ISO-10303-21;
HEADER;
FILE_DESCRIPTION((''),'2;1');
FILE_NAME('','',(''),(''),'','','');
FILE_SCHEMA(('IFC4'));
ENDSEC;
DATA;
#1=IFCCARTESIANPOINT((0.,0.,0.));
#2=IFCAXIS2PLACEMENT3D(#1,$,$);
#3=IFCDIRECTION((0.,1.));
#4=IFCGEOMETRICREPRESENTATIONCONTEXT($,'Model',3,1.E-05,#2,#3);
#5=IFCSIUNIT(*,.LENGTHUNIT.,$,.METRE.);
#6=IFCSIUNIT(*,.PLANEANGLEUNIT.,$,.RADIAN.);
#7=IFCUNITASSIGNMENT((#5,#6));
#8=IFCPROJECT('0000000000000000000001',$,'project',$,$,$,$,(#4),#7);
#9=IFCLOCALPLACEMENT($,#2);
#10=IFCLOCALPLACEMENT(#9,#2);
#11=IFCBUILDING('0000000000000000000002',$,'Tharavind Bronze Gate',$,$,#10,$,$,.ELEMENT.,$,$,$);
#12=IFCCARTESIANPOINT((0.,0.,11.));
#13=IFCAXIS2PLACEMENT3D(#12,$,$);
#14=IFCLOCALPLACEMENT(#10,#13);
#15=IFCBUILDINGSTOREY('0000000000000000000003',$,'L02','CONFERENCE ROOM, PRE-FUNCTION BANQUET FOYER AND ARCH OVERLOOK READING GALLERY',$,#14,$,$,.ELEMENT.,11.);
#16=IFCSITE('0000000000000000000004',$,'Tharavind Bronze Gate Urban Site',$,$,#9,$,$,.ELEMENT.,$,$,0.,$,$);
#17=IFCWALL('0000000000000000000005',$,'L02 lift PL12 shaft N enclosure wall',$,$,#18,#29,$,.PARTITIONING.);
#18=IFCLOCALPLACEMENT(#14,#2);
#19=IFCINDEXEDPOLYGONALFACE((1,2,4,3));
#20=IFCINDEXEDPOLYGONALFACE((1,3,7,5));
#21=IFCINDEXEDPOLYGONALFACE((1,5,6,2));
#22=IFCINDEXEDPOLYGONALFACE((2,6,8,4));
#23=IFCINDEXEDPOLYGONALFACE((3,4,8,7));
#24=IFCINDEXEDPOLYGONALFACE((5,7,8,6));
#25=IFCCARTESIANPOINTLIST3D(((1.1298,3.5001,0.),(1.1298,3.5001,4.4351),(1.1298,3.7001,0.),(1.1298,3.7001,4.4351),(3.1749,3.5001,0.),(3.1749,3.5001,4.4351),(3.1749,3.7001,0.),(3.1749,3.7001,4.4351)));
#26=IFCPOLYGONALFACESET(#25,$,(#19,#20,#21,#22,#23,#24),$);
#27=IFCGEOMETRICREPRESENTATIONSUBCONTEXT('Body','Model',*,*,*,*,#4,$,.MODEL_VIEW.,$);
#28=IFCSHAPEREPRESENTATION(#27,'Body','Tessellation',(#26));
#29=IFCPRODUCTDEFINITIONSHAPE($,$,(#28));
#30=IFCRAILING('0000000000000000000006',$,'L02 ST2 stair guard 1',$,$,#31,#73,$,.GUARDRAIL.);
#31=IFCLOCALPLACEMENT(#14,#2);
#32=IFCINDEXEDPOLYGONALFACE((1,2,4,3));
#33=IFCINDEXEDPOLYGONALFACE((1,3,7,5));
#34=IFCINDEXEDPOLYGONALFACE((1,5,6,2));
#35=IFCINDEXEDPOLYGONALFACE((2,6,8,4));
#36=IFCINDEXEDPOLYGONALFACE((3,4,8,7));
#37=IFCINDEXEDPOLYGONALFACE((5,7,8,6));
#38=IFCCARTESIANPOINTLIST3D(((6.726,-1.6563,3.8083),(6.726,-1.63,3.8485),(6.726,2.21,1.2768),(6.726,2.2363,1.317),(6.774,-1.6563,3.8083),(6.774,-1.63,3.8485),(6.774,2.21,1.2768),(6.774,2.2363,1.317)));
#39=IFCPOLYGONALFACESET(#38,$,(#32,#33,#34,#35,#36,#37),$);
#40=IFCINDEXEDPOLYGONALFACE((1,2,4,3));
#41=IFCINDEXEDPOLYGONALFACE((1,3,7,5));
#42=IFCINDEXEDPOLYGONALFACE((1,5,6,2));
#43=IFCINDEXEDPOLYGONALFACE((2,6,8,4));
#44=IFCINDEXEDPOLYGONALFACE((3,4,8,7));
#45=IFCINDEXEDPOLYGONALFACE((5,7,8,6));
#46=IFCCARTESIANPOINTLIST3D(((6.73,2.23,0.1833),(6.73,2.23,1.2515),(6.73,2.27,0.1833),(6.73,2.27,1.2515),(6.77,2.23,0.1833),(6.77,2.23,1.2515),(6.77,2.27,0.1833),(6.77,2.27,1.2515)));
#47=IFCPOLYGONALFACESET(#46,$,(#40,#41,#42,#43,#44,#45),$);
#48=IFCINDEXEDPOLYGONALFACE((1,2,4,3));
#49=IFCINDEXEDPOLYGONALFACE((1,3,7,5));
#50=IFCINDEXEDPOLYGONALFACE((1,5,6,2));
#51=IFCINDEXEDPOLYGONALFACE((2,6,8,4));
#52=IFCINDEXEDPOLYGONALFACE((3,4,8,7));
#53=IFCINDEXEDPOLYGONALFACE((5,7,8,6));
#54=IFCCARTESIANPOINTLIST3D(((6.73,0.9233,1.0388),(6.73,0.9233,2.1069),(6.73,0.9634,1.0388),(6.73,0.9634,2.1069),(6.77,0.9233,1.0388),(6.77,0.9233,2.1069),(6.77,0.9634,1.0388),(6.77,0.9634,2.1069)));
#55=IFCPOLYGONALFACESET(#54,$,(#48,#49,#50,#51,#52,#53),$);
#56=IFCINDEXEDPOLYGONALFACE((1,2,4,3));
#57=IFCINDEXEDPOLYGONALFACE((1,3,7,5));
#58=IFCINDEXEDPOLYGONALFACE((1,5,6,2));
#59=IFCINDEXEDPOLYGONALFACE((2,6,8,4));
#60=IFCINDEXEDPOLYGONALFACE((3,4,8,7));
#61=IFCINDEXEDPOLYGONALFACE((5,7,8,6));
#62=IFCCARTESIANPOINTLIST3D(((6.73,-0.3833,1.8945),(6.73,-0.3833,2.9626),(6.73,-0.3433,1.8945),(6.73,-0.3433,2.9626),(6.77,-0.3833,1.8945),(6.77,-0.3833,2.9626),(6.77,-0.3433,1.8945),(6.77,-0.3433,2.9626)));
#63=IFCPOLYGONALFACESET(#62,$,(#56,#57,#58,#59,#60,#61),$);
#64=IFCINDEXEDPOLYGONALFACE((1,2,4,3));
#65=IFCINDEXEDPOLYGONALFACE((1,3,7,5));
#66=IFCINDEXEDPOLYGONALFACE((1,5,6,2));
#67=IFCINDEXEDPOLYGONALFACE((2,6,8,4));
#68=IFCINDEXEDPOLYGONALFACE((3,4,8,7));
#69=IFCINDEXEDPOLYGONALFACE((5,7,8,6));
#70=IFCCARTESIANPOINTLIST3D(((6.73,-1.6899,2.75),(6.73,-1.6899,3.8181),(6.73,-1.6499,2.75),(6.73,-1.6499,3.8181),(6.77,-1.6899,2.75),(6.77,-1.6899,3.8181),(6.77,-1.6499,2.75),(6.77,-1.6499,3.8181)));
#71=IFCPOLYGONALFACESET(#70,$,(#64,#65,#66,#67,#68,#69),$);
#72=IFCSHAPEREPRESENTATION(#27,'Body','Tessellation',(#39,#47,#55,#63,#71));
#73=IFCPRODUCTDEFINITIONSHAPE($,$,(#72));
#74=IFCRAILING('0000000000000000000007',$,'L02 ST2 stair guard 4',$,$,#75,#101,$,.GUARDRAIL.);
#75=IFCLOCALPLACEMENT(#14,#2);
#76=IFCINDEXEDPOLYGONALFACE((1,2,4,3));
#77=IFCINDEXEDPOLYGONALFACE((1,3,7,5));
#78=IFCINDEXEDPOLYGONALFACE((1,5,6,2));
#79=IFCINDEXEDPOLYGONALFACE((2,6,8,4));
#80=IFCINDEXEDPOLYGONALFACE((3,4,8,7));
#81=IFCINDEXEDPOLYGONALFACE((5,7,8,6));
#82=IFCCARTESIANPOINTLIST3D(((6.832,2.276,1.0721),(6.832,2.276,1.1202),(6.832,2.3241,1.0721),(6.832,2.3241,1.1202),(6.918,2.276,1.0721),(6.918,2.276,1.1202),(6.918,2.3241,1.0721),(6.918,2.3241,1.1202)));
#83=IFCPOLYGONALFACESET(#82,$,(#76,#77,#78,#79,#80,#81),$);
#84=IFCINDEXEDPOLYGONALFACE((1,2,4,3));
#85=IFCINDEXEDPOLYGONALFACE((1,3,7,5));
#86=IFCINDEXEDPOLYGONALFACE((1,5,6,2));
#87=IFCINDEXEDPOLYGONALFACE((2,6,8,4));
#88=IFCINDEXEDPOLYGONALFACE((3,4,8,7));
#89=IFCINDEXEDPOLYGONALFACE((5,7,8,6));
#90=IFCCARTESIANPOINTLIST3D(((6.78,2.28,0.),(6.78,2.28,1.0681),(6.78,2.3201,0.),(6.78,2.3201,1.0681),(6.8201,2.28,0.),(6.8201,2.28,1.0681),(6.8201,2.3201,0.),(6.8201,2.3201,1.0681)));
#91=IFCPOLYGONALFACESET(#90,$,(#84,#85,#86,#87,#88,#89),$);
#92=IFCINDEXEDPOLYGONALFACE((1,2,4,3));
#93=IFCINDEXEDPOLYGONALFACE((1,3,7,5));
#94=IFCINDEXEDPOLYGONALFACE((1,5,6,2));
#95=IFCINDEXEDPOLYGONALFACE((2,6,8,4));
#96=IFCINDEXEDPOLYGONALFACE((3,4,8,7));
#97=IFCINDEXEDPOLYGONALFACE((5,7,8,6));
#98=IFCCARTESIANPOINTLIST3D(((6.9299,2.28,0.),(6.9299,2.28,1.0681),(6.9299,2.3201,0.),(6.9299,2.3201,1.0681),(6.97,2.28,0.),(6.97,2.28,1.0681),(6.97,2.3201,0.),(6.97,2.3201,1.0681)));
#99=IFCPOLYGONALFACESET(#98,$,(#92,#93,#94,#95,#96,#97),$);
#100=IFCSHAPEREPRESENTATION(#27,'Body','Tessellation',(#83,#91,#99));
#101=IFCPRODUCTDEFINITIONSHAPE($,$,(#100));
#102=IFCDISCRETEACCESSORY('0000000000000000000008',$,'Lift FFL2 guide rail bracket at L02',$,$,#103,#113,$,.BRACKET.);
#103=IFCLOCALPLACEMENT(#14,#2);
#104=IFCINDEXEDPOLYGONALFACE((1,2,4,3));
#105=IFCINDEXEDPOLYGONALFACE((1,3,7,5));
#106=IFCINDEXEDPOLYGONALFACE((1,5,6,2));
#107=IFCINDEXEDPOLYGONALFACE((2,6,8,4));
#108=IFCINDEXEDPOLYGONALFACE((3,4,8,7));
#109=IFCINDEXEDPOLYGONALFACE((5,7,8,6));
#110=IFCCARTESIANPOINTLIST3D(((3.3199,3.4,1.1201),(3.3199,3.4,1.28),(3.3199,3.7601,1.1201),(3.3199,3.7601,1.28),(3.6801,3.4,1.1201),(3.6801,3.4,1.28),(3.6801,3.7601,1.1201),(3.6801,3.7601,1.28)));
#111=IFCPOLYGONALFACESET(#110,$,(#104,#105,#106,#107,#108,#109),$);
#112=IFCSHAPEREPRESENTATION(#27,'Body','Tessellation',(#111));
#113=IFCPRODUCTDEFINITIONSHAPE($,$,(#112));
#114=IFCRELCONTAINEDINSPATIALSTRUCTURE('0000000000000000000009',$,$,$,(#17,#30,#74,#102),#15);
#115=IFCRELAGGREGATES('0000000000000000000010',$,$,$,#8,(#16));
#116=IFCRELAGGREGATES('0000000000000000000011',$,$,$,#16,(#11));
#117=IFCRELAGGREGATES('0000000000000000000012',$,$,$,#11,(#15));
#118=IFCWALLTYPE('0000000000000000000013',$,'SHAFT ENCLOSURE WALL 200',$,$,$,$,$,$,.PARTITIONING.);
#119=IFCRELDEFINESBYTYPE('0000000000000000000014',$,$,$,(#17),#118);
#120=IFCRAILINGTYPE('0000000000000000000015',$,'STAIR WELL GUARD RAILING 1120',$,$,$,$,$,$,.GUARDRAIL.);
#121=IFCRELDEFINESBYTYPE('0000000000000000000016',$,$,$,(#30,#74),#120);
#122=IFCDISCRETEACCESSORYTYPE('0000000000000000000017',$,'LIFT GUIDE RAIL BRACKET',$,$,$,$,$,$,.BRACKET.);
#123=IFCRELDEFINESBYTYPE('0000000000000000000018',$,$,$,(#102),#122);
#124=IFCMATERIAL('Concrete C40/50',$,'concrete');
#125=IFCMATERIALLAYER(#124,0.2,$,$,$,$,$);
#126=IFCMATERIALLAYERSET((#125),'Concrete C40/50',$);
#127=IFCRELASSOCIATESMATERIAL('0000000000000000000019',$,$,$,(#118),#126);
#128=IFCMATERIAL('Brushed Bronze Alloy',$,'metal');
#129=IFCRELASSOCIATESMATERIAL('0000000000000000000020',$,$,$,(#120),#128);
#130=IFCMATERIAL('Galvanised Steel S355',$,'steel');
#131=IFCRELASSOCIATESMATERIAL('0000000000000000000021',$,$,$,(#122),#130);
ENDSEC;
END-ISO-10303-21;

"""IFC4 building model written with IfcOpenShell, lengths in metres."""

from ifc_helpers import new_model, si_unit, direction, frame, frame_2d, origin, origin_2d, place, context, subcontext, project, spatial, rectangle, extrude, material, layer, layer_set, type_object, element, save


model = new_model("IFC4")

# Units and contexts
model_context = context("Model", 3, precision=1e-05, world=origin(), true_north=direction((0.0, 1.0)))
body_context = subcontext(model_context, "Body", "Model", "MODEL_VIEW")
ifc_project = project(units=[si_unit("LENGTHUNIT", "METRE"), si_unit("PLANEANGLEUNIT", "RADIAN")], contexts=[model_context])

# Site, building, storey
site_placement = place(None, origin())
site = spatial("IfcSite", under=ifc_project, at=site_placement, Name="Tharavind Bronze Gate Urban Site", CompositionType="ELEMENT", RefElevation=0.0)
building_placement = place(site_placement, origin())
building = spatial("IfcBuilding", under=site, at=building_placement, Name="Tharavind Bronze Gate", CompositionType="ELEMENT")
storey_placement = place(building_placement, frame((0.0, 0.0, 11.0)))
storey = spatial("IfcBuildingStorey", under=building, at=storey_placement, Name="L02", Description="CONFERENCE ROOM, PRE-FUNCTION BANQUET FOYER AND ARCH OVERLOOK READING GALLERY", CompositionType="ELEMENT", Elevation=11.0)

# Wall
ifc_material_1 = material(Name="Concrete C40/50", Category="concrete")
ifc_layer_1 = layer(ifc_material_1, 0.2)
ifc_layer_set_1 = layer_set([ifc_layer_1], Name="Concrete C40/50")
wall_type_1 = type_object("IfcWallType", Name="SHAFT ENCLOSURE WALL 200", PredefinedType="PARTITIONING", material=ifc_layer_set_1)
wall_1_placement = place(storey_placement, frame((1.1299, 3.6001, 0.0), z_axis=(0.0, 0.0, 1.0), x_axis=(1.0, 0.0, 0.0)))
element("IfcWall", 1, at=wall_1_placement, inside=storey, type_object=wall_type_1, Name="L02 lift PL12 shaft N enclosure wall", PredefinedType="PARTITIONING", context=body_context, shape_type="SweptSolid", body=[
    extrude(rectangle(XDim=2.0452, YDim=0.2, at=frame_2d((1.0225, 0.0))), origin(), (0.0, 0.0, 1.0), 4.4351),
])

# Railings
ifc_material_2 = material(Name="Brushed Bronze Alloy", Category="metal")
railing_type = type_object("IfcRailingType", Name="STAIR WELL GUARD RAILING 1120", PredefinedType="GUARDRAIL", material=ifc_material_2)
railing_1_placement = place(storey_placement, frame((6.75, 2.25, 0.1833)))
element("IfcRailing", 2, at=railing_1_placement, inside=storey, type_object=railing_type, Name="L02 ST2 stair guard 1", PredefinedType="GUARDRAIL", context=body_context, shape_type="SweptSolid", body=[
    extrude(rectangle(XDim=0.0481, YDim=0.0481, at=origin_2d()), frame((0.0, -0.0269, 1.1135), z_axis=(0.0, -0.836615, 0.547791), x_axis=(1.0, 0.0, 0.0)), (0.0, 0.0, 1.0), 4.6213),
    extrude(rectangle(XDim=0.04, YDim=0.04, at=origin_2d()), origin(), (0.0, 0.0, 1.0), 1.0681),
    extrude(rectangle(XDim=0.04, YDim=0.04, at=origin_2d()), frame((0.0, -1.3066, 0.8555)), (0.0, 0.0, 1.0), 1.0681),
    extrude(rectangle(XDim=0.04, YDim=0.04, at=origin_2d()), frame((0.0, -2.6133, 1.7112)), (0.0, 0.0, 1.0), 1.0681),
    extrude(rectangle(XDim=0.04, YDim=0.04, at=origin_2d()), frame((0.0, -3.9199, 2.5667)), (0.0, 0.0, 1.0), 1.0681),
])
railing_2_placement = place(storey_placement, frame((6.8, 2.3, 0.0)))
element("IfcRailing", 3, at=railing_2_placement, inside=storey, type_object=railing_type, Name="L02 ST2 stair guard 4", PredefinedType="GUARDRAIL", context=body_context, shape_type="SweptSolid", body=[
    extrude(rectangle(XDim=0.0481, YDim=0.0481, at=origin_2d()), frame((0.032, 0.0, 1.0962), z_axis=(1.0, 0.0, 0.0), x_axis=(0.0, 1.0, 0.0)), (0.0, 0.0, 1.0), 0.0859),
    extrude(rectangle(XDim=0.04, YDim=0.04, at=origin_2d()), origin(), (0.0, 0.0, 1.0), 1.0681),
    extrude(rectangle(XDim=0.04, YDim=0.04, at=origin_2d()), frame((0.1499, 0.0, 0.0)), (0.0, 0.0, 1.0), 1.0681),
])

# Discrete accessory
ifc_material_3 = material(Name="Galvanised Steel S355", Category="steel")
discrete_accessory_type = type_object("IfcDiscreteAccessoryType", Name="LIFT GUIDE RAIL BRACKET", PredefinedType="BRACKET", material=ifc_material_3)
discrete_accessory_placement = place(storey_placement, frame((3.5, 3.5801, 1.1201), z_axis=(0.0, 0.0, 1.0), x_axis=(1.0, 0.0, 0.0)))
element("IfcDiscreteAccessory", 4, at=discrete_accessory_placement, inside=storey, type_object=discrete_accessory_type, Name="Lift FFL2 guide rail bracket at L02", PredefinedType="BRACKET", context=body_context, shape_type="SweptSolid", body=[
    extrude(rectangle(XDim=0.3601, YDim=0.3601, at=origin_2d()), origin(), (0.0, 0.0, 1.0), 0.1599),
])

save(model, "model.ifc")
